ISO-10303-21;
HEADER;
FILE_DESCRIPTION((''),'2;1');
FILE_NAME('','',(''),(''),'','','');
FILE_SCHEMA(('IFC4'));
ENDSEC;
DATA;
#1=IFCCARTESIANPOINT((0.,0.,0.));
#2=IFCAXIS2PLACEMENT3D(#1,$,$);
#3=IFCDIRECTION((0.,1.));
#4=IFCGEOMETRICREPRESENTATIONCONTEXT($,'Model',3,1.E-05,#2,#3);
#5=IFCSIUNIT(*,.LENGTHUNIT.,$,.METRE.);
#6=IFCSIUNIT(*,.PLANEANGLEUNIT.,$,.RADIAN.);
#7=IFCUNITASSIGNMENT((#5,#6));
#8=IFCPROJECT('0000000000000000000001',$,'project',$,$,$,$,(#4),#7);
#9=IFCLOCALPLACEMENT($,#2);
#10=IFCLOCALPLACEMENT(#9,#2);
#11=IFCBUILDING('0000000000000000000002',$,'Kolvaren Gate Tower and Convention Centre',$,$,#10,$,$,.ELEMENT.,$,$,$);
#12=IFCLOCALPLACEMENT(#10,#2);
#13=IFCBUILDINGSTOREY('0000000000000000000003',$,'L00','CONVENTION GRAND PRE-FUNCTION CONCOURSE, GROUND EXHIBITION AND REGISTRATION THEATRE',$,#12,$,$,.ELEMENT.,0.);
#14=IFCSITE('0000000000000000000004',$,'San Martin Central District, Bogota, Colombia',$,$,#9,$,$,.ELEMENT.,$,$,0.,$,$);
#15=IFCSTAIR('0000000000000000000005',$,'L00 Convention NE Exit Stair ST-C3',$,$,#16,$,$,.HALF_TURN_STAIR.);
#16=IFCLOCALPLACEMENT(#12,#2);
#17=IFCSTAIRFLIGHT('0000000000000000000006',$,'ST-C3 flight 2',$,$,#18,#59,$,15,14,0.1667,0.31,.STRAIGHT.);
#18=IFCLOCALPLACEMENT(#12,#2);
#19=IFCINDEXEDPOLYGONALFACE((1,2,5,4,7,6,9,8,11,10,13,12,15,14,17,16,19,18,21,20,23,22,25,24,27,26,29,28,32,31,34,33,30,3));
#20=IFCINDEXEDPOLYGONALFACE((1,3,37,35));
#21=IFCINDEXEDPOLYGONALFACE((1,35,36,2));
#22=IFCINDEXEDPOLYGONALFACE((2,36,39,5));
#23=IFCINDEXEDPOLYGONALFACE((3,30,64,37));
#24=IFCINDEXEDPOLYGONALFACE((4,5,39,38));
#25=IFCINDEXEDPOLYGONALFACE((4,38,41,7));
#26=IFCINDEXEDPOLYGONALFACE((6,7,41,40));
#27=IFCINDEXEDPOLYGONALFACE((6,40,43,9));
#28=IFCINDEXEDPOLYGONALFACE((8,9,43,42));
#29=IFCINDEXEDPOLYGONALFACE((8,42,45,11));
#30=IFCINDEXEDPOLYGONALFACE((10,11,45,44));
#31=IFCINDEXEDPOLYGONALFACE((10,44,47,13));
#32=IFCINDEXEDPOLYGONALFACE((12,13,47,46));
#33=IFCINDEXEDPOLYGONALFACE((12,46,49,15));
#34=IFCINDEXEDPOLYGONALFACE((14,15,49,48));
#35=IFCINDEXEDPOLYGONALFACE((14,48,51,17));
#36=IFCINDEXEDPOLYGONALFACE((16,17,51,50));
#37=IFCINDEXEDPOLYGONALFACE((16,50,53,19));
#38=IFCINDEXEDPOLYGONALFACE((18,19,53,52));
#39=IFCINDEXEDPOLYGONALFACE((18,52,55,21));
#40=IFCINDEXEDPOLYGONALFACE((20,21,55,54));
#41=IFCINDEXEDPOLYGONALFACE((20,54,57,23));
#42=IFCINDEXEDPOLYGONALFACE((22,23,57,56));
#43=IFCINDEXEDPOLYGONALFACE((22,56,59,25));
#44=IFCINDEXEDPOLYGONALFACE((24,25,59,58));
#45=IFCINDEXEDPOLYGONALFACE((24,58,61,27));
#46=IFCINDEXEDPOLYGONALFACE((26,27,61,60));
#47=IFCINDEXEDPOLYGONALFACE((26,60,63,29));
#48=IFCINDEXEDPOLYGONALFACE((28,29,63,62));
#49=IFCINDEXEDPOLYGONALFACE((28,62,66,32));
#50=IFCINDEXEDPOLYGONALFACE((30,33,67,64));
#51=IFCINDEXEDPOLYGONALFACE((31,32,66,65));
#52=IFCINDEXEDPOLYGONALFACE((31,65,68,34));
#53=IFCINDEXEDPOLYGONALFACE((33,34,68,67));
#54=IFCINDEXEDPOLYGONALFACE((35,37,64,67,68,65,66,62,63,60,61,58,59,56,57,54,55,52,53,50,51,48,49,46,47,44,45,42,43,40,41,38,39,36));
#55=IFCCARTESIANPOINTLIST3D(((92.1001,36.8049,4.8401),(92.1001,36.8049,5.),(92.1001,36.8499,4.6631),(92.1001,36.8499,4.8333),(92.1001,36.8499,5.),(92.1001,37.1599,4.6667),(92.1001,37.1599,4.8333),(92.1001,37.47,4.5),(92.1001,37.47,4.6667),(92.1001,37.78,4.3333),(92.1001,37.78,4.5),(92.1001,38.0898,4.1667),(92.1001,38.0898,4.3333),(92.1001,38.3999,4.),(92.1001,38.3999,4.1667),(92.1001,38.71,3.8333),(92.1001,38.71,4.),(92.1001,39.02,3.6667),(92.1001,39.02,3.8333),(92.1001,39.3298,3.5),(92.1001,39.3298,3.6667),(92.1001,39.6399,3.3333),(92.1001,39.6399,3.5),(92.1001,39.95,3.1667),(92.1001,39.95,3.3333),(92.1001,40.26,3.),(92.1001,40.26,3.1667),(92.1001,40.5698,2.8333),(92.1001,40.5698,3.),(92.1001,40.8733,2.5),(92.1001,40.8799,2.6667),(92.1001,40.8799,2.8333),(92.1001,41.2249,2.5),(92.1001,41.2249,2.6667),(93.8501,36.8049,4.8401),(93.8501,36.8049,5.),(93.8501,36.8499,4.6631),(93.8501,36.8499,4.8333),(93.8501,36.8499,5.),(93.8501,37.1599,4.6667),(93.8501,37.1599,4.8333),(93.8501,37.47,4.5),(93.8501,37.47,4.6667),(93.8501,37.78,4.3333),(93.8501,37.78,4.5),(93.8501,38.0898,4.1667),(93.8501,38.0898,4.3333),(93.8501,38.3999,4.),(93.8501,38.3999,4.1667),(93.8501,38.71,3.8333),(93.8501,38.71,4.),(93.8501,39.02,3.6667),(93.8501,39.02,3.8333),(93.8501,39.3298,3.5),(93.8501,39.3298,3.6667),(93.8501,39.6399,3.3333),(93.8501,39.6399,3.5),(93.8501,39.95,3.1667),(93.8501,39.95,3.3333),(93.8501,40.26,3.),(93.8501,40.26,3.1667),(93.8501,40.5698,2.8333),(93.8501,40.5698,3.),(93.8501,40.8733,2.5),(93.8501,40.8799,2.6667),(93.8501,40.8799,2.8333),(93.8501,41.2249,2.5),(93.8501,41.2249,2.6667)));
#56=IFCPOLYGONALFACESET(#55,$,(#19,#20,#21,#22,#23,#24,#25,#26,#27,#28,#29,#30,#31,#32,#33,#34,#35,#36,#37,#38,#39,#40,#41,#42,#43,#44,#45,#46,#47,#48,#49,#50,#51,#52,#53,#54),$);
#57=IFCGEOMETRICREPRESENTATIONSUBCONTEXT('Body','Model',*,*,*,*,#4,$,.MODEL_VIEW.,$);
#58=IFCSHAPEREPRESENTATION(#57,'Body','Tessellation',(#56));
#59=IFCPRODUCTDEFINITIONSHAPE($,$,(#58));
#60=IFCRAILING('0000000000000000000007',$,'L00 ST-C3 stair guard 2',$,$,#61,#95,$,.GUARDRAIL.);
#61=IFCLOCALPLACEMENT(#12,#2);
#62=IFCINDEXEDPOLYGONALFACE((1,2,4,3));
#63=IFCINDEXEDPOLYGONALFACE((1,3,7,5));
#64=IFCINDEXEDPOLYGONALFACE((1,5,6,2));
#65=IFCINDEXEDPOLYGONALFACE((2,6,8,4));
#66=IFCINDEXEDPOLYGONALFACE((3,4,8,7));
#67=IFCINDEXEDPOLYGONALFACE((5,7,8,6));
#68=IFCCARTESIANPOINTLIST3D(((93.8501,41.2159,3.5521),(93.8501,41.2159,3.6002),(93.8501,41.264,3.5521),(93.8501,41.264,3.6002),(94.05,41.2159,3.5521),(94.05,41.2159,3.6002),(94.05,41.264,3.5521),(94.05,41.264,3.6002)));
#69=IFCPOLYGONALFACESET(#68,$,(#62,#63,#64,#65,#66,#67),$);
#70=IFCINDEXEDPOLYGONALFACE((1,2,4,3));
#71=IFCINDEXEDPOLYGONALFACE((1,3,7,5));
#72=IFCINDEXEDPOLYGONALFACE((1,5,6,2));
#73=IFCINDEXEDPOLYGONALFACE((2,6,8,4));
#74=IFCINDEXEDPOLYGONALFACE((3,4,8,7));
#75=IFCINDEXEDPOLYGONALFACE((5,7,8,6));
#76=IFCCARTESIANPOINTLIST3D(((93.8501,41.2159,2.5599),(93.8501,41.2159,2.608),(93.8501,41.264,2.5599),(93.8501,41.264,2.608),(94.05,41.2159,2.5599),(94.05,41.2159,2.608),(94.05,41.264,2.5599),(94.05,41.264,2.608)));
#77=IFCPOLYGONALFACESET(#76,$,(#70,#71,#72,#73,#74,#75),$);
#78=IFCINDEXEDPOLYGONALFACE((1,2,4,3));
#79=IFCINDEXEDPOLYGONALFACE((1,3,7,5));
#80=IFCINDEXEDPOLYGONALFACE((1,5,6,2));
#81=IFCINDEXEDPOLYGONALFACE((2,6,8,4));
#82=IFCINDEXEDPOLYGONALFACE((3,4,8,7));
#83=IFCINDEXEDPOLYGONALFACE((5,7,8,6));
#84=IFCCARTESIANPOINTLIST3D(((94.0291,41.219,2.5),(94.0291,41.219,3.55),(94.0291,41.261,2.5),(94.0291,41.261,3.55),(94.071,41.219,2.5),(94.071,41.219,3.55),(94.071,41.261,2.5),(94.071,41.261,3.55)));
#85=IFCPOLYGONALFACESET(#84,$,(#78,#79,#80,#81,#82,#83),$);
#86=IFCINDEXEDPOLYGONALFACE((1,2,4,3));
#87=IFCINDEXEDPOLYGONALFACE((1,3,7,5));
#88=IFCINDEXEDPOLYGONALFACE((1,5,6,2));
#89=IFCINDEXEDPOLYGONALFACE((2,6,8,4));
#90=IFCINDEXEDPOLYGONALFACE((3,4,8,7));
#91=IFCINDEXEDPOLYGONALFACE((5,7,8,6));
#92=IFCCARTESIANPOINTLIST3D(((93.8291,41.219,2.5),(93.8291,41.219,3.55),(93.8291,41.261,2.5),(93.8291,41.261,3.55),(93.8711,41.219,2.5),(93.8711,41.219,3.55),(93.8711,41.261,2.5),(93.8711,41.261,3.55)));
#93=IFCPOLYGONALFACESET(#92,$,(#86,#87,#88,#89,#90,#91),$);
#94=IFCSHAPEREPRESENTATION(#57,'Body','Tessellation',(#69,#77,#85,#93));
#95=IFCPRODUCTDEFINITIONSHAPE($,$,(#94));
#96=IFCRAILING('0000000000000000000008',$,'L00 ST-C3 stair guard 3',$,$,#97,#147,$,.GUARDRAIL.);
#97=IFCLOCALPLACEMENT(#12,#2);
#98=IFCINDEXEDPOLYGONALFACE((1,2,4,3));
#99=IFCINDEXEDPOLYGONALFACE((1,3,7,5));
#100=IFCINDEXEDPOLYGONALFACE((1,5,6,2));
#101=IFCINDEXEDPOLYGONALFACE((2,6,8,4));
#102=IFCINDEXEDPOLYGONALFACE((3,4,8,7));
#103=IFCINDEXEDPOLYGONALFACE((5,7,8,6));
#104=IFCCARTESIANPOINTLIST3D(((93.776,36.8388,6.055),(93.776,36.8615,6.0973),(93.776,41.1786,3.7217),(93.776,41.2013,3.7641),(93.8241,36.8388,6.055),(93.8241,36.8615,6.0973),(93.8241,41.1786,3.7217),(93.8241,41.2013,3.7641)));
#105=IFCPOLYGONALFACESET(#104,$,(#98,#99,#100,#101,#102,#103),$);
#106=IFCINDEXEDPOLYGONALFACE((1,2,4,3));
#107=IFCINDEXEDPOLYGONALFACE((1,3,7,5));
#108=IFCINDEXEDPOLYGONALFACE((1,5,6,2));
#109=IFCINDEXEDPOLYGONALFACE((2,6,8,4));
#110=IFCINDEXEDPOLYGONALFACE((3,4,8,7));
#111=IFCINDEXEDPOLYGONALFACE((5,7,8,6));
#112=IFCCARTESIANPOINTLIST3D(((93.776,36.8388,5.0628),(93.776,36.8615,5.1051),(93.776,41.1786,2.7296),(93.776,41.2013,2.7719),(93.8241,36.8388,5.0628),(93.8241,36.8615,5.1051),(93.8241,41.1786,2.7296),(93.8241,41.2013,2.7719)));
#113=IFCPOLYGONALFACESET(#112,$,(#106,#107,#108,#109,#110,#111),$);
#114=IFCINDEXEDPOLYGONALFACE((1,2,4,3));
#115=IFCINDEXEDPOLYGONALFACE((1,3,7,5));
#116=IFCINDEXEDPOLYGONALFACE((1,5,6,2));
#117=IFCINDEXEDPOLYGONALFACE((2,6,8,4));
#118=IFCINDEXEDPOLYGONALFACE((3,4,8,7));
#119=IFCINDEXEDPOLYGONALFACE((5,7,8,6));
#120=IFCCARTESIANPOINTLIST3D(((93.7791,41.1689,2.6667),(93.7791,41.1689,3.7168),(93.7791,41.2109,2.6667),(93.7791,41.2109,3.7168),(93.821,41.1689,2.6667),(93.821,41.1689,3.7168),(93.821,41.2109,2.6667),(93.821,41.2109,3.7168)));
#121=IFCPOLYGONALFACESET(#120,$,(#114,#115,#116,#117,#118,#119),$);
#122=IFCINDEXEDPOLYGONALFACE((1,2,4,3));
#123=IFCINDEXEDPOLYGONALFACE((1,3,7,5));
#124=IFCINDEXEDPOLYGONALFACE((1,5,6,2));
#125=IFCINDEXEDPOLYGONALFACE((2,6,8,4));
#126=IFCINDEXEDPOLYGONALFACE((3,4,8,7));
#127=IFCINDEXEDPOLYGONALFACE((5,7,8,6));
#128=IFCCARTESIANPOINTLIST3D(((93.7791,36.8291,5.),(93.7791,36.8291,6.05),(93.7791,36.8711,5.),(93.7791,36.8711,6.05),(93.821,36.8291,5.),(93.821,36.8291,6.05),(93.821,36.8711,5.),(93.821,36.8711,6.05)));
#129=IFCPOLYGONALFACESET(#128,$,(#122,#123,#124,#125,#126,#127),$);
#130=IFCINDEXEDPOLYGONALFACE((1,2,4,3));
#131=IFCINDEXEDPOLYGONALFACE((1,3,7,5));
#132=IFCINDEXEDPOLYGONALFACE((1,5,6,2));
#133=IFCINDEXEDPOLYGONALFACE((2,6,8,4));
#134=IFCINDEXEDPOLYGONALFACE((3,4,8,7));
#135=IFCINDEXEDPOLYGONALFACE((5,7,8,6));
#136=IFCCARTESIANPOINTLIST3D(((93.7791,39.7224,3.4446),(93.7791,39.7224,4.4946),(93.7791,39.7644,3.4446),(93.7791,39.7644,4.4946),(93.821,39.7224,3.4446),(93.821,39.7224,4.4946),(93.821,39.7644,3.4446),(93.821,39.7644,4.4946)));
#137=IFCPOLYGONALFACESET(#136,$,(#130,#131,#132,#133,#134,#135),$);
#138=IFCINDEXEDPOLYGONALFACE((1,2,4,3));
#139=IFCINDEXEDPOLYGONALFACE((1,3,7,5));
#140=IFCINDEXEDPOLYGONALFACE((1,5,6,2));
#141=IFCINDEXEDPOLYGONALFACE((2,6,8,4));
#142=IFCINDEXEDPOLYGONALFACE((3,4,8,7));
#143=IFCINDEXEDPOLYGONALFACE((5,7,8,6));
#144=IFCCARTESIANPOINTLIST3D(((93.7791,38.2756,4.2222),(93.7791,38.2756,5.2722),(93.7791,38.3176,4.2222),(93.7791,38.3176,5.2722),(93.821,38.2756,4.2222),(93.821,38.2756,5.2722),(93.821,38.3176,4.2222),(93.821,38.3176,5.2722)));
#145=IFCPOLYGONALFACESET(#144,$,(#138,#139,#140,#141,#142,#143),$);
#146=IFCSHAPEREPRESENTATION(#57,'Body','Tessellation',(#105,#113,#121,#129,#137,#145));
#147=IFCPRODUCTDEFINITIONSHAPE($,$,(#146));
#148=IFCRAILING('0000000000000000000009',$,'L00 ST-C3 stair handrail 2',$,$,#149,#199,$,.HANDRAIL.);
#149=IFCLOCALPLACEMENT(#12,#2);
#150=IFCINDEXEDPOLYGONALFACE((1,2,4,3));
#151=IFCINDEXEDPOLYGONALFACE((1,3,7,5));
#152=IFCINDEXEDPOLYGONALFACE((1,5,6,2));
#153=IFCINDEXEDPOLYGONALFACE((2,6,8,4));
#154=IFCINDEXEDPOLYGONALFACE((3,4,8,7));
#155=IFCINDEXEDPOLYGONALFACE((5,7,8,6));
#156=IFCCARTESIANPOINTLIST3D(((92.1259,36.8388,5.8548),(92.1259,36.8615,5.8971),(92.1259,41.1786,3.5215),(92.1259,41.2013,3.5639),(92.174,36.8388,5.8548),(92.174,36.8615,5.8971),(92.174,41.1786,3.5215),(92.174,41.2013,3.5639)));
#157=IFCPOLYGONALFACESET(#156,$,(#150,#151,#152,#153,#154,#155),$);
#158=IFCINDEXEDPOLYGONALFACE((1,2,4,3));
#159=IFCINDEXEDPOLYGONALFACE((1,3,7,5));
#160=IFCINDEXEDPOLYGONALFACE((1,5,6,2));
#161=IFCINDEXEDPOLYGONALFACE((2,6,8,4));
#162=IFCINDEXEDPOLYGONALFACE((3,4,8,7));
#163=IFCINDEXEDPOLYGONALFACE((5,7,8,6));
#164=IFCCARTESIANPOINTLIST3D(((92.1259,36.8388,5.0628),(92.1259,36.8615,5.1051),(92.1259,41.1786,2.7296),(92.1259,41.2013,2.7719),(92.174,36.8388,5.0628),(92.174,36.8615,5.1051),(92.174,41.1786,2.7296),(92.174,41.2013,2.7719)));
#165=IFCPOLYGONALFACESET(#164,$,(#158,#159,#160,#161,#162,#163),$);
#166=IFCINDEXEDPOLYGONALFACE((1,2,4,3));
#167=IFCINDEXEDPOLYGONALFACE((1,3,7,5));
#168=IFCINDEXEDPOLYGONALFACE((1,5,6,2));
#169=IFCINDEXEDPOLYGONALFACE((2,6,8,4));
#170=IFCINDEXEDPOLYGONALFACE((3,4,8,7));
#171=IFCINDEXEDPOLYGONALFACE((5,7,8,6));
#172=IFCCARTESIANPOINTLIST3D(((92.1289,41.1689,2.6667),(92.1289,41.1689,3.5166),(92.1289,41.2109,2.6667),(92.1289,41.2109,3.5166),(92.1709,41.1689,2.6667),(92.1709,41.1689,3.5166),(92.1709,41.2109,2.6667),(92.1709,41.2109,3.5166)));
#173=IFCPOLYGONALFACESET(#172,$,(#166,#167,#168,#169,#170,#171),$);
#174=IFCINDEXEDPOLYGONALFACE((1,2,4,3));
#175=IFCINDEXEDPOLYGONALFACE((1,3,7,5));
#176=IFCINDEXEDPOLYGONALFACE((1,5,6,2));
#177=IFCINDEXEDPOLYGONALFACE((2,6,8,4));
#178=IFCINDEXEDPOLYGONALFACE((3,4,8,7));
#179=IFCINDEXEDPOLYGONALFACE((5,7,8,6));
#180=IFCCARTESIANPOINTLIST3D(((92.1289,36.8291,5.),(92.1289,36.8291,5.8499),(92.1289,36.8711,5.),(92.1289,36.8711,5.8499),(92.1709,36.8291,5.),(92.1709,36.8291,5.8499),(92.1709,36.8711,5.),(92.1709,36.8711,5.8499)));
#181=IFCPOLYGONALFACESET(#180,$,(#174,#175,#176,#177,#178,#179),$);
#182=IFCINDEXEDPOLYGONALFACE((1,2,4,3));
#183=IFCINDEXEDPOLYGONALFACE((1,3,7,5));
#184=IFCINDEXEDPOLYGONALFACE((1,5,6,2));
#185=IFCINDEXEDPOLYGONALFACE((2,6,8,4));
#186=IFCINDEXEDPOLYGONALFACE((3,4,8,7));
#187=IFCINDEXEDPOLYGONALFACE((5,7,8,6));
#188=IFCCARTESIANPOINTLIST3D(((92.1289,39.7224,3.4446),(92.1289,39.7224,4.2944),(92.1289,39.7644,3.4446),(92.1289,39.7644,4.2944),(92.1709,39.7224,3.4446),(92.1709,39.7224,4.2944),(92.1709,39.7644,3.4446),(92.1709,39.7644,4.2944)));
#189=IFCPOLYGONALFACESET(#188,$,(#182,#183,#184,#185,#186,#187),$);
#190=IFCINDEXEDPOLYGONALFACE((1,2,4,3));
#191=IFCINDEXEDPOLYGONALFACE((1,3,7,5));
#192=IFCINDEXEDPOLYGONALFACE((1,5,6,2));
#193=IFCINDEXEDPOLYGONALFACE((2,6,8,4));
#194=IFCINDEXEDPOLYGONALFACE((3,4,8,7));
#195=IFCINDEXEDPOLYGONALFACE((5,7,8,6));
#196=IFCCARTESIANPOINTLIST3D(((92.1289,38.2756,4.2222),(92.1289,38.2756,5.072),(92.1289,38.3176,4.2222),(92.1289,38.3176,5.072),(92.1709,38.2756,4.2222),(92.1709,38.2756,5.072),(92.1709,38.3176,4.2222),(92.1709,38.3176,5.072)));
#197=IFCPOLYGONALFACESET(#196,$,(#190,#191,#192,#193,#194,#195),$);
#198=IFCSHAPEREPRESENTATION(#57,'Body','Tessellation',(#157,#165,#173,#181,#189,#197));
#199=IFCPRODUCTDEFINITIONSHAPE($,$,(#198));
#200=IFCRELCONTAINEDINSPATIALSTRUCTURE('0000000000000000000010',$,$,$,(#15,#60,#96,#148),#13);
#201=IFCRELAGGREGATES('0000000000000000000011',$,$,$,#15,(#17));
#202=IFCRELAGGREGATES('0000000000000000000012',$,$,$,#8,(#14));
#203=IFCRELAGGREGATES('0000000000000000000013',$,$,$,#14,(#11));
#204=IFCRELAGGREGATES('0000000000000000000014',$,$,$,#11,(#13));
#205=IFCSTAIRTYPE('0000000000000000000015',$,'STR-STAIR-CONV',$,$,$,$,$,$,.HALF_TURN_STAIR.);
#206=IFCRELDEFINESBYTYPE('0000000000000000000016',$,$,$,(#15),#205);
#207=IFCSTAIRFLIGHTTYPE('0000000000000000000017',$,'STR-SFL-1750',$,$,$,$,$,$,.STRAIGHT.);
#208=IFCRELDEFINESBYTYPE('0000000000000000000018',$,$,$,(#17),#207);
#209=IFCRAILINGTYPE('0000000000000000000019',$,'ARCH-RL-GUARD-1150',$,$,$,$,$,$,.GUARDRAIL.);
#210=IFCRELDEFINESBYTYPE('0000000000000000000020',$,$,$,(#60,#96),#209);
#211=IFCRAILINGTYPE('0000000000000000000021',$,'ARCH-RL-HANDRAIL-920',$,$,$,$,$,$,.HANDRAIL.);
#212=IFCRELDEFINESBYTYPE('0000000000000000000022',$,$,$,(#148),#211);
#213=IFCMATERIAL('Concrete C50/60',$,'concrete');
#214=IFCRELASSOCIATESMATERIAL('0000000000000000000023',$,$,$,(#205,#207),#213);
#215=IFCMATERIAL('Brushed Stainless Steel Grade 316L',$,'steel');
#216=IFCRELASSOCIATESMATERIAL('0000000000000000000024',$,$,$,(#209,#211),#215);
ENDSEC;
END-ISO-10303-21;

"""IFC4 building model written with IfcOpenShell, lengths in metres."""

from ifc_helpers import new_model, si_unit, direction, frame, origin, origin_2d, place, context, subcontext, project, spatial, polyline, rectangle, outline, extrude, material, type_object, element, aggregate, save


model = new_model("IFC4")

# Units and contexts
model_context = context("Model", 3, precision=1e-05, world=origin(), true_north=direction((0.0, 1.0)))
body_context = subcontext(model_context, "Body", "Model", "MODEL_VIEW")
ifc_project = project(units=[si_unit("LENGTHUNIT", "METRE"), si_unit("PLANEANGLEUNIT", "RADIAN")], contexts=[model_context])

# Site, building, storey
site_placement = place(None, origin())
site = spatial("IfcSite", under=ifc_project, at=site_placement, Name="San Martin Central District, Bogota, Colombia", CompositionType="ELEMENT", RefElevation=0.0)
building_placement = place(site_placement, origin())
building = spatial("IfcBuilding", under=site, at=building_placement, Name="Kolvaren Gate Tower and Convention Centre", CompositionType="ELEMENT")
storey_placement = place(building_placement, origin())
storey = spatial("IfcBuildingStorey", under=building, at=storey_placement, Name="L00", Description="CONVENTION GRAND PRE-FUNCTION CONCOURSE, GROUND EXHIBITION AND REGISTRATION THEATRE", CompositionType="ELEMENT", Elevation=0.0)

# Shared definitions
ifc_material_1 = material(Name="Brushed Stainless Steel Grade 316L", Category="steel")

# Shared definitions
ifc_material_2 = material(Name="Concrete C50/60", Category="concrete")

# Stair, stair flight
stair_type = type_object("IfcStairType", Name="STR-STAIR-CONV", PredefinedType="HALF_TURN_STAIR", material=ifc_material_2)
stair_placement = place(storey_placement, origin())
stair = element("IfcStair", 1, at=stair_placement, inside=storey, type_object=stair_type, Name="L00 Convention NE Exit Stair ST-C3", PredefinedType="HALF_TURN_STAIR")
stair_flight_type = type_object("IfcStairFlightType", Name="STR-SFL-1750", PredefinedType="STRAIGHT", material=ifc_material_2)
stair_flight_placement = place(storey_placement, frame((92.9751, 41.1899, 2.5), z_axis=(0.0, 0.0, 1.0), x_axis=(0.0, -1.0, 0.0)))
stair_flight = element("IfcStairFlight", 2, at=stair_flight_placement, type_object=stair_flight_type, Name="ST-C3 flight 2", NumberOfRisers=15, NumberOfTreads=14, PredefinedType="STRAIGHT", RiserHeight=0.1667, TreadLength=0.31, context=body_context, shape_type="SweptSolid", body=[
    extrude(outline(polyline([(-0.0349, 0.0), (-0.0349, 0.1667), (0.3101, 0.1667), (0.3101, 0.3333), (0.6201, 0.3333), (0.6201, 0.5), (0.9299, 0.5), (0.9299, 0.6667), (1.24, 0.6667), (1.24, 0.8333), (1.55, 0.8333), (1.55, 1.0), (1.8601, 1.0), (1.8601, 1.1667), (2.1699, 1.1667), (2.1699, 1.3333), (2.48, 1.3333), (2.48, 1.5), (2.79, 1.5), (2.79, 1.6667), (3.1001, 1.6667), (3.1001, 1.8333), (3.4099, 1.8333), (3.4099, 2.0), (3.72, 2.0), (3.72, 2.1667), (4.03, 2.1667), (4.03, 2.3333), (4.3401, 2.3333), (4.3401, 2.5), (4.385, 2.5), (4.385, 2.3401), (4.3401, 2.1631), (0.3167, 0.0), (-0.0349, 0.0)])), frame((0.0, 0.875, 0.0), z_axis=(0.0, -1.0, 0.0), x_axis=(1.0, 0.0, 0.0)), (0.0, 0.0, 1.0), 1.75),
])
aggregate(stair, [stair_flight])

# Railings
railing_type_1 = type_object("IfcRailingType", Name="ARCH-RL-GUARD-1150", PredefinedType="GUARDRAIL", material=ifc_material_1)
railing_1_placement = place(storey_placement, frame((94.05, 41.24, 2.5)))
element("IfcRailing", 3, at=railing_1_placement, inside=storey, type_object=railing_type_1, Name="L00 ST-C3 stair guard 2", PredefinedType="GUARDRAIL", context=body_context, shape_type="SweptSolid", body=[
    extrude(rectangle(XDim=0.0481, YDim=0.0481, at=origin_2d()), frame((0.0, 0.0, 1.0762), z_axis=(-1.0, 0.0, 0.0), x_axis=(0.0, -1.0, 0.0)), (0.0, 0.0, 1.0), 0.2),
    extrude(rectangle(XDim=0.0481, YDim=0.0481, at=origin_2d()), frame((0.0, 0.0, 0.084), z_axis=(-1.0, 0.0, 0.0), x_axis=(0.0, -1.0, 0.0)), (0.0, 0.0, 1.0), 0.2),
    extrude(rectangle(XDim=0.042, YDim=0.042, at=origin_2d()), origin(), (0.0, 0.0, 1.0), 1.05),
    extrude(rectangle(XDim=0.042, YDim=0.042, at=origin_2d()), frame((-0.2, 0.0, 0.0)), (0.0, 0.0, 1.0), 1.05),
])
railing_2_placement = place(storey_placement, frame((93.8, 41.1899, 2.6667)))
element("IfcRailing", 4, at=railing_2_placement, inside=storey, type_object=railing_type_1, Name="L00 ST-C3 stair guard 3", PredefinedType="GUARDRAIL", context=body_context, shape_type="SweptSolid", body=[
    extrude(rectangle(XDim=0.0481, YDim=0.0481, at=origin_2d()), frame((0.0, 0.0, 1.0762), z_axis=(0.0, -0.880775, 0.473535), x_axis=(1.0, 0.0, 0.0)), (0.0, 0.0, 1.0), 4.9272),
    extrude(rectangle(XDim=0.0481, YDim=0.0481, at=origin_2d()), frame((0.0, 0.0, 0.084), z_axis=(0.0, -0.880775, 0.473535), x_axis=(1.0, 0.0, 0.0)), (0.0, 0.0, 1.0), 4.9272),
    extrude(rectangle(XDim=0.042, YDim=0.042, at=origin_2d()), origin(), (0.0, 0.0, 1.0), 1.05),
    extrude(rectangle(XDim=0.042, YDim=0.042, at=origin_2d()), frame((0.0, -4.3398, 2.3333)), (0.0, 0.0, 1.0), 1.05),
    extrude(rectangle(XDim=0.042, YDim=0.042, at=origin_2d()), frame((0.0, -1.4465, 0.7778)), (0.0, 0.0, 1.0), 1.05),
    extrude(rectangle(XDim=0.042, YDim=0.042, at=origin_2d()), frame((0.0, -2.8933, 1.5554)), (0.0, 0.0, 1.0), 1.05),
])
railing_type_2 = type_object("IfcRailingType", Name="ARCH-RL-HANDRAIL-920", PredefinedType="HANDRAIL", material=ifc_material_1)
railing_3_placement = place(storey_placement, frame((92.1499, 41.1899, 2.6667)))
element("IfcRailing", 5, at=railing_3_placement, inside=storey, type_object=railing_type_2, Name="L00 ST-C3 stair handrail 2", PredefinedType="HANDRAIL", context=body_context, shape_type="SweptSolid", body=[
    extrude(rectangle(XDim=0.0481, YDim=0.0481, at=origin_2d()), frame((0.0, 0.0, 0.876), z_axis=(0.0, -0.880775, 0.473535), x_axis=(1.0, 0.0, 0.0)), (0.0, 0.0, 1.0), 4.9272),
    extrude(rectangle(XDim=0.0481, YDim=0.0481, at=origin_2d()), frame((0.0, 0.0, 0.084), z_axis=(0.0, -0.880775, 0.473535), x_axis=(1.0, 0.0, 0.0)), (0.0, 0.0, 1.0), 4.9272),
    extrude(rectangle(XDim=0.042, YDim=0.042, at=origin_2d()), origin(), (0.0, 0.0, 1.0), 0.8499),
    extrude(rectangle(XDim=0.042, YDim=0.042, at=origin_2d()), frame((0.0, -4.3398, 2.3333)), (0.0, 0.0, 1.0), 0.8499),
    extrude(rectangle(XDim=0.042, YDim=0.042, at=origin_2d()), frame((0.0, -1.4465, 0.7778)), (0.0, 0.0, 1.0), 0.8499),
    extrude(rectangle(XDim=0.042, YDim=0.042, at=origin_2d()), frame((0.0, -2.8933, 1.5554)), (0.0, 0.0, 1.0), 0.8499),
])

save(model, "model.ifc")
